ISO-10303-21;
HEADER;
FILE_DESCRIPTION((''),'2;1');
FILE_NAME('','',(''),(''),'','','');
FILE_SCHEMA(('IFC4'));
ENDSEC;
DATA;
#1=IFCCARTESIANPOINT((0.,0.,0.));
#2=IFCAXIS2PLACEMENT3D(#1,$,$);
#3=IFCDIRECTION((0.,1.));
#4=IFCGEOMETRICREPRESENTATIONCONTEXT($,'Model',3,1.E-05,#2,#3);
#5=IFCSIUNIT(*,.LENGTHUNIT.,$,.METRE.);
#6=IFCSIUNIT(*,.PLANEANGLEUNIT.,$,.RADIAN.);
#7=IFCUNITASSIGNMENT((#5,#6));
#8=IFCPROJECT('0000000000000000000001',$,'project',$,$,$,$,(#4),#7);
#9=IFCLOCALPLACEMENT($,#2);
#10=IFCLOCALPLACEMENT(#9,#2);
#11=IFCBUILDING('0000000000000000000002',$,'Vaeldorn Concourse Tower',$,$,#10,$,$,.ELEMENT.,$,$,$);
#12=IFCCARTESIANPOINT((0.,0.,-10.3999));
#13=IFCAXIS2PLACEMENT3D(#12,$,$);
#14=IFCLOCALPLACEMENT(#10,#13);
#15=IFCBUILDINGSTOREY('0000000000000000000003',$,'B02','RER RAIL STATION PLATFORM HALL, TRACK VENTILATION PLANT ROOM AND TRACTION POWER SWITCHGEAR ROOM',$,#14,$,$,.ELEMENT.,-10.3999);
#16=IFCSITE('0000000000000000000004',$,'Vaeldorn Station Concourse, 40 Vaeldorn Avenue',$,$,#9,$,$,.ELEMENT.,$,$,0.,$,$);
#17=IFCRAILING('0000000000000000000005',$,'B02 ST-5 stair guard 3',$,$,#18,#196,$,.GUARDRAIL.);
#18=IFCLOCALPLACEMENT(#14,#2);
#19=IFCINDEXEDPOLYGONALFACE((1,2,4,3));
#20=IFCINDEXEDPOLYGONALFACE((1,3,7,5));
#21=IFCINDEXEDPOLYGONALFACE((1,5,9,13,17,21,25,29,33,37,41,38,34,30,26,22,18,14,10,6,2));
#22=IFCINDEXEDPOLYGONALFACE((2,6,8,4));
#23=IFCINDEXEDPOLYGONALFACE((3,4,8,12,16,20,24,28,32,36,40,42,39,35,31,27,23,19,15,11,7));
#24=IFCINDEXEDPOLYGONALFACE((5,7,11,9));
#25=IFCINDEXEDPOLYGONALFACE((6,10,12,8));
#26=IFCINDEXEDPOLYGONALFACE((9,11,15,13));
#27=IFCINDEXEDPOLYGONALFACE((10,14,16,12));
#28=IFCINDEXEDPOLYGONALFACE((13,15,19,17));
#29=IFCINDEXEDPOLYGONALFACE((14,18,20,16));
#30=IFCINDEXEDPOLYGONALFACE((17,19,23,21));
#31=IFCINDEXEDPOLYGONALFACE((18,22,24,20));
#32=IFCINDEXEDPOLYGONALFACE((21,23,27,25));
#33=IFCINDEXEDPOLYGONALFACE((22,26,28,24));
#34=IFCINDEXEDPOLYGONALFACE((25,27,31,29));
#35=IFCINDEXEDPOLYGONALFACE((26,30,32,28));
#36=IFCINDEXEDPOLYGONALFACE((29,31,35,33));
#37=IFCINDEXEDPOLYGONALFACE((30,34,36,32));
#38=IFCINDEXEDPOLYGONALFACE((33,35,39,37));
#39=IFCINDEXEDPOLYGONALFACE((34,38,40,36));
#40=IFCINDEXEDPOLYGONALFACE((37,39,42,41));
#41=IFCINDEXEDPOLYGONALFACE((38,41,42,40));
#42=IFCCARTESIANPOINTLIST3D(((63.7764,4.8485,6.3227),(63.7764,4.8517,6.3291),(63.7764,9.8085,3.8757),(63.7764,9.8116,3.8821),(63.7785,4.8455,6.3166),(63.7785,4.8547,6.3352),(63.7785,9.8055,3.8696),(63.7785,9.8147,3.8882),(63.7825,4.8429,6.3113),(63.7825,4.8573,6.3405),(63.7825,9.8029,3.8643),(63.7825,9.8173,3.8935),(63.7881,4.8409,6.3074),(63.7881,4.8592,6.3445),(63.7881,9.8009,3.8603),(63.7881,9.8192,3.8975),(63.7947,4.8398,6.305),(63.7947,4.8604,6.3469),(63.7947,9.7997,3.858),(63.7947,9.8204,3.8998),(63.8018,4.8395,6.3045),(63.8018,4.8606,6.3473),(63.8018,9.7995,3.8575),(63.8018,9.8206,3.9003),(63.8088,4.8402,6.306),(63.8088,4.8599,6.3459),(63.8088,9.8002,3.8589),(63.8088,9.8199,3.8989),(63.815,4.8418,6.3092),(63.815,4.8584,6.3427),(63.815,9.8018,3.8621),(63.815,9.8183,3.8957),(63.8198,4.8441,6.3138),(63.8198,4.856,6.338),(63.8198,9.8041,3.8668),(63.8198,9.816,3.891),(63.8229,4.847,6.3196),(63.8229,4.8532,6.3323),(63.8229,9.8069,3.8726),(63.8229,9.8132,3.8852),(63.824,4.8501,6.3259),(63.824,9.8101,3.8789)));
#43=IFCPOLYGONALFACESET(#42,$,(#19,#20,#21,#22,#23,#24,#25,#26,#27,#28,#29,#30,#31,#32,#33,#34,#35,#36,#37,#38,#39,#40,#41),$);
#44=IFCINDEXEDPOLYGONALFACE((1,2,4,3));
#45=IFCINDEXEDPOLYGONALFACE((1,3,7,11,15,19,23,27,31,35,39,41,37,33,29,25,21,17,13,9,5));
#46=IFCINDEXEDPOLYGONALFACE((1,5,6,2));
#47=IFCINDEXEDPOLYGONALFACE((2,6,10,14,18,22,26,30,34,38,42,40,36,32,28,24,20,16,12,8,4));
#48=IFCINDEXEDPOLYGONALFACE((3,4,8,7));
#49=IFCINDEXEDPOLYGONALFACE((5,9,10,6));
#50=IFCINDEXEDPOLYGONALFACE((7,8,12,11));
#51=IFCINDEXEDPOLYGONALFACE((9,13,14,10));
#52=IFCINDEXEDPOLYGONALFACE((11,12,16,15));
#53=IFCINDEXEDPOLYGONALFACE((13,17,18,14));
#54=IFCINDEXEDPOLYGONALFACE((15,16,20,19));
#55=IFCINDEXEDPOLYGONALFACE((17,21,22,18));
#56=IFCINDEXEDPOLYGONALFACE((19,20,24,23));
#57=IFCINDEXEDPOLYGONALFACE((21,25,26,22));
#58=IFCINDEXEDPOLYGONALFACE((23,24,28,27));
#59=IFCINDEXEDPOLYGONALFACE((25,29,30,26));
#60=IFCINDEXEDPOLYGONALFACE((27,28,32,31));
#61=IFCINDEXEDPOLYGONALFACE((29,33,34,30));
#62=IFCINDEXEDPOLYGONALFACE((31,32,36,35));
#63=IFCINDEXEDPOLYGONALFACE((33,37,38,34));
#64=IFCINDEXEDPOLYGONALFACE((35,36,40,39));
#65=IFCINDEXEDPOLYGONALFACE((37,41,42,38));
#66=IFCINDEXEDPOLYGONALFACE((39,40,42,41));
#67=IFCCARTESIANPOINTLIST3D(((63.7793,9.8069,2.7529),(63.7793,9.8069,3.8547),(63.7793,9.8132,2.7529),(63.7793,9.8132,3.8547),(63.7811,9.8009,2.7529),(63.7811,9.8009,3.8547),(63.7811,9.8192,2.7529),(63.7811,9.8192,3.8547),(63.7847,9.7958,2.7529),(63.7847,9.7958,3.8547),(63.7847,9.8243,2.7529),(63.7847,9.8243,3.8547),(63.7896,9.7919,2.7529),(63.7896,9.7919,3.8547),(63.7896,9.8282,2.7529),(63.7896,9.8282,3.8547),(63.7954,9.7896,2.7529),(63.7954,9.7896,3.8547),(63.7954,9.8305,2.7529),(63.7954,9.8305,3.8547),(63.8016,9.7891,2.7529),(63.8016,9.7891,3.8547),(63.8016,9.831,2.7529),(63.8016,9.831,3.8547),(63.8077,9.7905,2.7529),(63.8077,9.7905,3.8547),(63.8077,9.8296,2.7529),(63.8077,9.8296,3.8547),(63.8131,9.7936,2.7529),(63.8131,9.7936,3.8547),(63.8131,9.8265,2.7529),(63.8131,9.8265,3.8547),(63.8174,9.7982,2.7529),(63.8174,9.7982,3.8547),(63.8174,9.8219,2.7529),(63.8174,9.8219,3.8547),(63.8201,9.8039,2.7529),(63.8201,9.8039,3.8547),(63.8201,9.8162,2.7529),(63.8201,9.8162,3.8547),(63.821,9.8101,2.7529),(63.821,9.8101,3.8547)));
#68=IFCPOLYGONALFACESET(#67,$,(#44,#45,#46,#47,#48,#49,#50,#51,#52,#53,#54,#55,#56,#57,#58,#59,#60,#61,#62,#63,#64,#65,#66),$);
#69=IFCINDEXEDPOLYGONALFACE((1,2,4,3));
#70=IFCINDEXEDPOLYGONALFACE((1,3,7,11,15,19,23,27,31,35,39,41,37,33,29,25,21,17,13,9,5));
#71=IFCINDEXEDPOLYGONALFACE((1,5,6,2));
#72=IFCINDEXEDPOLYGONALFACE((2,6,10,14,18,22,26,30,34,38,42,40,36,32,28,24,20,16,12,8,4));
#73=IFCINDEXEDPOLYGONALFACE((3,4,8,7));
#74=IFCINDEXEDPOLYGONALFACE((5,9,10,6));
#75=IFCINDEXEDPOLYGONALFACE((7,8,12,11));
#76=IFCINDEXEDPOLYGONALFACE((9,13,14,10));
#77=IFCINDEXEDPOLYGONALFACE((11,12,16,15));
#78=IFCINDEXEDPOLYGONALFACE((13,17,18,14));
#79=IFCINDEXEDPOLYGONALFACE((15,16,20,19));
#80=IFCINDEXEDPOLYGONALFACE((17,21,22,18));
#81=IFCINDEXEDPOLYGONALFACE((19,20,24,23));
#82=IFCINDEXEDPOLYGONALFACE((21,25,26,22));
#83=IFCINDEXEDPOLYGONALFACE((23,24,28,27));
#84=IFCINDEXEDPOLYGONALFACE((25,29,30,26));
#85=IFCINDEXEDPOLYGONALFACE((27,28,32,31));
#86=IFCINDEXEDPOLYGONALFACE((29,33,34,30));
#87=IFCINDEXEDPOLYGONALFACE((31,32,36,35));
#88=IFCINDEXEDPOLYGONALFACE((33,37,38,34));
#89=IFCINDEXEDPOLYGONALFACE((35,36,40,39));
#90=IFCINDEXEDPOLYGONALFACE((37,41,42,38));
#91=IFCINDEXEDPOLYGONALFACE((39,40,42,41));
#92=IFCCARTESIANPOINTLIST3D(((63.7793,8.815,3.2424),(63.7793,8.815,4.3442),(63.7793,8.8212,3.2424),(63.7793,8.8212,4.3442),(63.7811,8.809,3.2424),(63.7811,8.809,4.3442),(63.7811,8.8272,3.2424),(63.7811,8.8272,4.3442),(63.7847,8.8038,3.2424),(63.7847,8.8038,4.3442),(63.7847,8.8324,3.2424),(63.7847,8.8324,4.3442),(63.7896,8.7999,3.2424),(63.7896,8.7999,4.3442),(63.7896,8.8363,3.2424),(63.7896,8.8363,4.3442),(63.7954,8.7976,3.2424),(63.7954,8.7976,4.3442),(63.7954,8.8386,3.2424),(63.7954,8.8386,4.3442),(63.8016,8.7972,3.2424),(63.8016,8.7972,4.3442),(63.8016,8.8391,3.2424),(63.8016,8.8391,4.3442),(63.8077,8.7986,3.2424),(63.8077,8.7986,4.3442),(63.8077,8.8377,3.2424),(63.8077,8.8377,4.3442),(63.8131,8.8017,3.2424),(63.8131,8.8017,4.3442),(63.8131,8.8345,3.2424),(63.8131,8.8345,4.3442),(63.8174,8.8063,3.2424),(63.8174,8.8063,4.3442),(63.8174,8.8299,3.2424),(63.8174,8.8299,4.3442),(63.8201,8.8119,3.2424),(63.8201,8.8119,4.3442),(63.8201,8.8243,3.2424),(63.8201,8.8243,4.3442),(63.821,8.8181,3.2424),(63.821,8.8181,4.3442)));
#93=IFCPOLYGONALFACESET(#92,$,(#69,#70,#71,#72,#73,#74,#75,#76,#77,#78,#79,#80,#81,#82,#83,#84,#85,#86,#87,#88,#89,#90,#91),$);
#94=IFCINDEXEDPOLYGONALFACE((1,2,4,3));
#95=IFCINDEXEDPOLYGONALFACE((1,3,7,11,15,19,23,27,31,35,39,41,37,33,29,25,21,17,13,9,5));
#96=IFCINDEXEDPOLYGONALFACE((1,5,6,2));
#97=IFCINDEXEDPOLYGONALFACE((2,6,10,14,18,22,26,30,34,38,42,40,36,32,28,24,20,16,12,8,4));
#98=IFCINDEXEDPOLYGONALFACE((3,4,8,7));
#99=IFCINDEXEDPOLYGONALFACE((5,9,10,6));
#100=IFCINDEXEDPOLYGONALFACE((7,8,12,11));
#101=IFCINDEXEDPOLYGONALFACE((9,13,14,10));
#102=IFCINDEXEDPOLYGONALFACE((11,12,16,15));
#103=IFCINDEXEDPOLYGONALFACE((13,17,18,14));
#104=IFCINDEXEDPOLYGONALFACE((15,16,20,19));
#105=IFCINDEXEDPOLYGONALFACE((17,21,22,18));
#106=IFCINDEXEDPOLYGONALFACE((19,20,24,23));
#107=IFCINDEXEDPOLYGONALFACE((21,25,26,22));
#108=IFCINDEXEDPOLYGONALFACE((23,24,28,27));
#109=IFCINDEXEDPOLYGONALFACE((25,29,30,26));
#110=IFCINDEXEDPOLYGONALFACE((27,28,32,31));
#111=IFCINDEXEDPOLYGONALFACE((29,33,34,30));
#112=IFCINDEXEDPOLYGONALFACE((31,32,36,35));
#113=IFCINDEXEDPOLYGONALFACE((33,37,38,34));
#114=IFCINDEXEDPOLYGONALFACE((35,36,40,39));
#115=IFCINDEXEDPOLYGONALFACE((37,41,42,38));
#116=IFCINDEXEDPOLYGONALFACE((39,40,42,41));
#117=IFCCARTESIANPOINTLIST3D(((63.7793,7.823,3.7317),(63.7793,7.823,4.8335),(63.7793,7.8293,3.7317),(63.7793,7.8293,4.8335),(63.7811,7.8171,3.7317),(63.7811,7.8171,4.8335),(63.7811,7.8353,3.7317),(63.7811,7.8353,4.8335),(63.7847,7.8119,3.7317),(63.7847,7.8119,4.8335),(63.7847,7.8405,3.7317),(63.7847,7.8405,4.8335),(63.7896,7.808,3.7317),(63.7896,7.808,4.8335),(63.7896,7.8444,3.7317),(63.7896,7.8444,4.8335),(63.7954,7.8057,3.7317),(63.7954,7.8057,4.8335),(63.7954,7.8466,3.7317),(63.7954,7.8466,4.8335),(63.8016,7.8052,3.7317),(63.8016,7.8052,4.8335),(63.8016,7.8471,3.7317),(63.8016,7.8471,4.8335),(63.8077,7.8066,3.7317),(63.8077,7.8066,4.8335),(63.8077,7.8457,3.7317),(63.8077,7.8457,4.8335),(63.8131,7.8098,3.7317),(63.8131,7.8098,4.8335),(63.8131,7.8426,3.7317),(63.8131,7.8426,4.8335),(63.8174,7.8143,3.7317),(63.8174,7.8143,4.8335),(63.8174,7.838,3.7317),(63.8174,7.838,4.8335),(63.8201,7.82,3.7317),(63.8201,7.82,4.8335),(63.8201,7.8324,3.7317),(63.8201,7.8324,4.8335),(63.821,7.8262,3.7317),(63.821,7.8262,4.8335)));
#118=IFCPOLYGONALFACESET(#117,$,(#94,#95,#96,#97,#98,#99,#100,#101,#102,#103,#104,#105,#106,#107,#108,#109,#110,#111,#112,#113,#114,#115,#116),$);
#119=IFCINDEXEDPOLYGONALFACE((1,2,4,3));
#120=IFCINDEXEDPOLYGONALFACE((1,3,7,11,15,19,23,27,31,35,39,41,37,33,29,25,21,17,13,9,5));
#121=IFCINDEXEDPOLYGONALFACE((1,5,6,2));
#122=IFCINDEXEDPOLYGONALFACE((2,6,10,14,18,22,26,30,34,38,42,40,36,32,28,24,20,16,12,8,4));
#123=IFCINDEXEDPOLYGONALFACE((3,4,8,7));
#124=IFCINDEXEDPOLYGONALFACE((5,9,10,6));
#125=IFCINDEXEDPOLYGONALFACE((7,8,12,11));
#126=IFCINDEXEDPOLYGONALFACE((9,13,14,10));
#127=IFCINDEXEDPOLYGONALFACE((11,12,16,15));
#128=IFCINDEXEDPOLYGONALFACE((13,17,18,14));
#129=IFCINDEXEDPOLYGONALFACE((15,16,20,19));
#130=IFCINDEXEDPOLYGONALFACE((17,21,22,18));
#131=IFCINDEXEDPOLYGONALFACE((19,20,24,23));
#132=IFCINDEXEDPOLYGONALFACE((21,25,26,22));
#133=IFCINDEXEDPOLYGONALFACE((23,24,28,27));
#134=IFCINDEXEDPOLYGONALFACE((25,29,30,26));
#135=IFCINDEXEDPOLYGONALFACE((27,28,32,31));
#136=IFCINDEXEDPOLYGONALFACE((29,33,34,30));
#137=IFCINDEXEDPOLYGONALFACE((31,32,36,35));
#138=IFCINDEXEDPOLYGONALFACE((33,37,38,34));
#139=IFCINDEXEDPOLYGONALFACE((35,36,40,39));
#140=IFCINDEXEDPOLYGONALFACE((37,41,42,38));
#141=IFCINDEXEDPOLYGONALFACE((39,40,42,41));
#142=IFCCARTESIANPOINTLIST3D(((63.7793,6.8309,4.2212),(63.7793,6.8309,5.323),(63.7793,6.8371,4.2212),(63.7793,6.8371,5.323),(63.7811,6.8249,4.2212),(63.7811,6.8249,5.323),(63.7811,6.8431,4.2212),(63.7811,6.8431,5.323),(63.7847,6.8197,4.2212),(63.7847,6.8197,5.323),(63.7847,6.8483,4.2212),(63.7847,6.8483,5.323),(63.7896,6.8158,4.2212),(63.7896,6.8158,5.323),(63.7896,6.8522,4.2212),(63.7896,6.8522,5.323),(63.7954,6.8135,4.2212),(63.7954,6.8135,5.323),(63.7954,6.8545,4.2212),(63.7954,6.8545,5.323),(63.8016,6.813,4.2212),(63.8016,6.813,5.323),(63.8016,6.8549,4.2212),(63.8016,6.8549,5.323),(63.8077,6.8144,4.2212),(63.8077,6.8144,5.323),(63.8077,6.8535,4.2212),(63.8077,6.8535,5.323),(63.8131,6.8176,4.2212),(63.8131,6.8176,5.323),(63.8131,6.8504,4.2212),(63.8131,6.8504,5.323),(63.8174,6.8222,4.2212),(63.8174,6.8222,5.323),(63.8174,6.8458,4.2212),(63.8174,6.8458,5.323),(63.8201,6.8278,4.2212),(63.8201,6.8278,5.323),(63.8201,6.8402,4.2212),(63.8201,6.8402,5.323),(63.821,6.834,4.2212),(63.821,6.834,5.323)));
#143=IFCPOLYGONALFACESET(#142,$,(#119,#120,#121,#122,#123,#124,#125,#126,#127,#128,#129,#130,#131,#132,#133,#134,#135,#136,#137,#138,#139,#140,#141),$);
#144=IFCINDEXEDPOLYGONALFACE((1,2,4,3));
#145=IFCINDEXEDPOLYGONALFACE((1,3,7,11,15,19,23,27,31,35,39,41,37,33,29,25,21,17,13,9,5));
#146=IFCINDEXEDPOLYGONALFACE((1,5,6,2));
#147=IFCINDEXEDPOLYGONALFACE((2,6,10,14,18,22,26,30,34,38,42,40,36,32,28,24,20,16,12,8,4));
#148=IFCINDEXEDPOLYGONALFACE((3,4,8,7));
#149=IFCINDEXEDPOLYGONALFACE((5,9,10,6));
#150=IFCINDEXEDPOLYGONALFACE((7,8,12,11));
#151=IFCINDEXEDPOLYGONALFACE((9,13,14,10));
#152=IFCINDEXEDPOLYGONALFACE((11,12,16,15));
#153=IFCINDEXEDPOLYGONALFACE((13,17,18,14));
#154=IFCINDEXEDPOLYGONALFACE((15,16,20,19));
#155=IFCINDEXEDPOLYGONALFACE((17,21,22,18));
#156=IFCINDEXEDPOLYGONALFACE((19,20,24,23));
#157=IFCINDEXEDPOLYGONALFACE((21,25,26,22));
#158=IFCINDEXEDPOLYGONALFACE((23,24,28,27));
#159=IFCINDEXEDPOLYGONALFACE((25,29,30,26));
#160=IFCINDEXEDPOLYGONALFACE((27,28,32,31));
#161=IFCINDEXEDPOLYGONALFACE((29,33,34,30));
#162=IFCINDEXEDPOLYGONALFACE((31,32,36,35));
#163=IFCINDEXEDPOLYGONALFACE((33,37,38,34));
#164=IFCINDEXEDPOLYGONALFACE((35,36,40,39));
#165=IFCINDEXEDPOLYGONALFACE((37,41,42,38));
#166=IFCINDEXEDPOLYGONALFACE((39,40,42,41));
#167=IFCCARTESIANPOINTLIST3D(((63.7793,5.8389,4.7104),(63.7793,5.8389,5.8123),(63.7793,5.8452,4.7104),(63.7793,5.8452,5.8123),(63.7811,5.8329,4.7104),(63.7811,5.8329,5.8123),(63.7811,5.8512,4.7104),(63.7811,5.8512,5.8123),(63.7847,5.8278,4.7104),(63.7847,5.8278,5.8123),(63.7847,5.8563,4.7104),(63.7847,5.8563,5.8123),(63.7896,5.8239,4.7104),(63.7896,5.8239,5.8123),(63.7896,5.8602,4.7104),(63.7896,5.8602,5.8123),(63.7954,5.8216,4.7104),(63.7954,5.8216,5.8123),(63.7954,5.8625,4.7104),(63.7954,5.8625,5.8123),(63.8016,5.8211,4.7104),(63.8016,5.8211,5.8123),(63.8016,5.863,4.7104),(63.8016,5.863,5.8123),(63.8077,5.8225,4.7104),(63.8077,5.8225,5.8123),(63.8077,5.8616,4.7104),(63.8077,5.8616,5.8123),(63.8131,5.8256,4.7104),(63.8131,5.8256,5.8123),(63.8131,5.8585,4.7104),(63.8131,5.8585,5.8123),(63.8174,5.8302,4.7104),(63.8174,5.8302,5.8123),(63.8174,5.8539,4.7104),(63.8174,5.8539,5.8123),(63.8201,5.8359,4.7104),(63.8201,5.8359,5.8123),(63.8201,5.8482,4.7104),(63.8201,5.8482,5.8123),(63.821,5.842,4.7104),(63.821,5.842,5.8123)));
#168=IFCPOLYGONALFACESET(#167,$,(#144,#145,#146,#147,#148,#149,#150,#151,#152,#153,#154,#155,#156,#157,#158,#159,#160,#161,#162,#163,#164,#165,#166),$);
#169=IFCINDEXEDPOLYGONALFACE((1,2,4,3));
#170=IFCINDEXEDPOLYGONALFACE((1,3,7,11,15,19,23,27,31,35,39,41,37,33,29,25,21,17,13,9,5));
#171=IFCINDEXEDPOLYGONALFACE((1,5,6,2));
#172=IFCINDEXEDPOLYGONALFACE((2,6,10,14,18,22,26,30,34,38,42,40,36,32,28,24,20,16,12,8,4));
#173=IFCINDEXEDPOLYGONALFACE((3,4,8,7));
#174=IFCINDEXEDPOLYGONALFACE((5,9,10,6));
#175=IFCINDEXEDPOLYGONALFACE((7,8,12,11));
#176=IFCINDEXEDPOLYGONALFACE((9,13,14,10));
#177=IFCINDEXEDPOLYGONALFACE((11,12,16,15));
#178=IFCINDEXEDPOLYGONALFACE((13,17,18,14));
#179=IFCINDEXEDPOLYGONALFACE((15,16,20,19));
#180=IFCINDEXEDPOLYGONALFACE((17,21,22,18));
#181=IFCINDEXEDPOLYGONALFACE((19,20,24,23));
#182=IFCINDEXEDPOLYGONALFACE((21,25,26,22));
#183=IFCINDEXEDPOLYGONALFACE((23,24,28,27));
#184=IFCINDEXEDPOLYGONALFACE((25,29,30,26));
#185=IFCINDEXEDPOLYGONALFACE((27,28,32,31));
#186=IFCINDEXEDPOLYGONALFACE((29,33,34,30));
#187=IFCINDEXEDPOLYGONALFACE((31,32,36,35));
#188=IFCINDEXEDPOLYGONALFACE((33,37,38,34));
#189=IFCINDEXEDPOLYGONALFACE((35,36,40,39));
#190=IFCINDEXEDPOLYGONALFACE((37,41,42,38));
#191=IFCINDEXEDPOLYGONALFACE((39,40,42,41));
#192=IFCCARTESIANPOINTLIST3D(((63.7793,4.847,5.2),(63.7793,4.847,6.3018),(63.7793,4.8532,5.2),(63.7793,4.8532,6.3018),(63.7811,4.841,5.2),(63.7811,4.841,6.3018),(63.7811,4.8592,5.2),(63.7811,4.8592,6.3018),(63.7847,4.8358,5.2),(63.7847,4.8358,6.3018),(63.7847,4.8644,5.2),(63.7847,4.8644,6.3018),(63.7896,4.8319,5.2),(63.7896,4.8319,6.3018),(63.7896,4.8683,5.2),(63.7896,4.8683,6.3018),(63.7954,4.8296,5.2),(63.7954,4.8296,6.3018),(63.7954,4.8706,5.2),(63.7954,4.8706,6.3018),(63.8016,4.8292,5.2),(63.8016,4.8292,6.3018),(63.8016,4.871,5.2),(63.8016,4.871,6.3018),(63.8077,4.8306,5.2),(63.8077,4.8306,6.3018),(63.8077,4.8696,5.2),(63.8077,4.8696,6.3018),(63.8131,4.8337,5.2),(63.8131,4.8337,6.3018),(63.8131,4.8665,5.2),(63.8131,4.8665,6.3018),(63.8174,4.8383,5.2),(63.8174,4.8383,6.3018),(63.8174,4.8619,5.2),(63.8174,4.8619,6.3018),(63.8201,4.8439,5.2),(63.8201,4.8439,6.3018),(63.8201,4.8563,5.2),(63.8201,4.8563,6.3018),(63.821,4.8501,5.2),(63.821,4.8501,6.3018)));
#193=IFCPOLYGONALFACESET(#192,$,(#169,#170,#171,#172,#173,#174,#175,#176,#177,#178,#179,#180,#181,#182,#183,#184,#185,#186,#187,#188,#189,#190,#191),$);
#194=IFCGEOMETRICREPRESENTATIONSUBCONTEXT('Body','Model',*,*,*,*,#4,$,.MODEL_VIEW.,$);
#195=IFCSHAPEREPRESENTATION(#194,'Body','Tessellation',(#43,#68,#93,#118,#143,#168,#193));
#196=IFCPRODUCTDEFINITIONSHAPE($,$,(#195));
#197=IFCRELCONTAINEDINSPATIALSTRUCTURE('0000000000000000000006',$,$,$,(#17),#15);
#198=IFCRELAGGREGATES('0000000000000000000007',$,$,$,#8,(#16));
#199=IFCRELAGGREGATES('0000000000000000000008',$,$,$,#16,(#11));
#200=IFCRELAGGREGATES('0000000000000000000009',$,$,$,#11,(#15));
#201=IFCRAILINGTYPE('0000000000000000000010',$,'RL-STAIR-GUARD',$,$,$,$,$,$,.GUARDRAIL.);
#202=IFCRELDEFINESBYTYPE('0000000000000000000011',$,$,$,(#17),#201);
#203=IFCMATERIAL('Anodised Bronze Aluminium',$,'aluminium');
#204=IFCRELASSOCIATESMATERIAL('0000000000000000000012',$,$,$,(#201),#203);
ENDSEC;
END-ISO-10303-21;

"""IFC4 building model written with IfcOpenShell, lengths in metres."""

from ifc_helpers import new_model, si_unit, direction, frame, origin, origin_2d, place, context, subcontext, project, spatial, circle, extrude, material, type_object, element, save


model = new_model("IFC4")

# Units and contexts
model_context = context("Model", 3, precision=1e-05, world=origin(), true_north=direction((0.0, 1.0)))
body_context = subcontext(model_context, "Body", "Model", "MODEL_VIEW")
ifc_project = project(units=[si_unit("LENGTHUNIT", "METRE"), si_unit("PLANEANGLEUNIT", "RADIAN")], contexts=[model_context])

# Site, building, storey
site_placement = place(None, origin())
site = spatial("IfcSite", under=ifc_project, at=site_placement, Name="Vaeldorn Station Concourse, 40 Vaeldorn Avenue", CompositionType="ELEMENT", RefElevation=0.0)
building_placement = place(site_placement, origin())
building = spatial("IfcBuilding", under=site, at=building_placement, Name="Vaeldorn Concourse Tower", CompositionType="ELEMENT")
storey_placement = place(building_placement, frame((0.0, 0.0, -10.3999)))
storey = spatial("IfcBuildingStorey", under=building, at=storey_placement, Name="B02", Description="RER RAIL STATION PLATFORM HALL, TRACK VENTILATION PLANT ROOM AND TRACTION POWER SWITCHGEAR ROOM", CompositionType="ELEMENT", Elevation=-10.3999)

# Railing
ifc_material_1 = material(Name="Anodised Bronze Aluminium", Category="aluminium")
railing_type_1 = type_object("IfcRailingType", Name="RL-STAIR-GUARD", PredefinedType="GUARDRAIL", material=ifc_material_1)
railing_1_placement = place(storey_placement, frame((63.8, 9.8101, 2.7529)))
element("IfcRailing", 1, at=railing_1_placement, inside=storey, type_object=railing_type_1, Name="B02 ST-5 stair guard 3", PredefinedType="GUARDRAIL", context=body_context, shape_type="SweptSolid", body=[
    extrude(circle(Radius=0.0239, at=origin_2d()), frame((0.0, 0.0, 1.126), z_axis=(0.0, -0.896798, 0.44244), x_axis=(1.0, 0.0, 0.0)), (0.0, 0.0, 1.0), 5.5308),
    extrude(circle(Radius=0.021, at=origin_2d()), origin(), (0.0, 0.0, 1.0), 1.1018),
    extrude(circle(Radius=0.021, at=origin_2d()), frame((0.0, -0.9919, 0.4895)), (0.0, 0.0, 1.0), 1.1018),
    extrude(circle(Radius=0.021, at=origin_2d()), frame((0.0, -1.9839, 0.9788)), (0.0, 0.0, 1.0), 1.1018),
    extrude(circle(Radius=0.021, at=origin_2d()), frame((0.0, -2.9761, 1.4683)), (0.0, 0.0, 1.0), 1.1018),
    extrude(circle(Radius=0.021, at=origin_2d()), frame((0.0, -3.968, 1.9575)), (0.0, 0.0, 1.0), 1.1018),
    extrude(circle(Radius=0.021, at=origin_2d()), frame((0.0, -4.96, 2.447)), (0.0, 0.0, 1.0), 1.1018),
])

save(model, "model.ifc")
